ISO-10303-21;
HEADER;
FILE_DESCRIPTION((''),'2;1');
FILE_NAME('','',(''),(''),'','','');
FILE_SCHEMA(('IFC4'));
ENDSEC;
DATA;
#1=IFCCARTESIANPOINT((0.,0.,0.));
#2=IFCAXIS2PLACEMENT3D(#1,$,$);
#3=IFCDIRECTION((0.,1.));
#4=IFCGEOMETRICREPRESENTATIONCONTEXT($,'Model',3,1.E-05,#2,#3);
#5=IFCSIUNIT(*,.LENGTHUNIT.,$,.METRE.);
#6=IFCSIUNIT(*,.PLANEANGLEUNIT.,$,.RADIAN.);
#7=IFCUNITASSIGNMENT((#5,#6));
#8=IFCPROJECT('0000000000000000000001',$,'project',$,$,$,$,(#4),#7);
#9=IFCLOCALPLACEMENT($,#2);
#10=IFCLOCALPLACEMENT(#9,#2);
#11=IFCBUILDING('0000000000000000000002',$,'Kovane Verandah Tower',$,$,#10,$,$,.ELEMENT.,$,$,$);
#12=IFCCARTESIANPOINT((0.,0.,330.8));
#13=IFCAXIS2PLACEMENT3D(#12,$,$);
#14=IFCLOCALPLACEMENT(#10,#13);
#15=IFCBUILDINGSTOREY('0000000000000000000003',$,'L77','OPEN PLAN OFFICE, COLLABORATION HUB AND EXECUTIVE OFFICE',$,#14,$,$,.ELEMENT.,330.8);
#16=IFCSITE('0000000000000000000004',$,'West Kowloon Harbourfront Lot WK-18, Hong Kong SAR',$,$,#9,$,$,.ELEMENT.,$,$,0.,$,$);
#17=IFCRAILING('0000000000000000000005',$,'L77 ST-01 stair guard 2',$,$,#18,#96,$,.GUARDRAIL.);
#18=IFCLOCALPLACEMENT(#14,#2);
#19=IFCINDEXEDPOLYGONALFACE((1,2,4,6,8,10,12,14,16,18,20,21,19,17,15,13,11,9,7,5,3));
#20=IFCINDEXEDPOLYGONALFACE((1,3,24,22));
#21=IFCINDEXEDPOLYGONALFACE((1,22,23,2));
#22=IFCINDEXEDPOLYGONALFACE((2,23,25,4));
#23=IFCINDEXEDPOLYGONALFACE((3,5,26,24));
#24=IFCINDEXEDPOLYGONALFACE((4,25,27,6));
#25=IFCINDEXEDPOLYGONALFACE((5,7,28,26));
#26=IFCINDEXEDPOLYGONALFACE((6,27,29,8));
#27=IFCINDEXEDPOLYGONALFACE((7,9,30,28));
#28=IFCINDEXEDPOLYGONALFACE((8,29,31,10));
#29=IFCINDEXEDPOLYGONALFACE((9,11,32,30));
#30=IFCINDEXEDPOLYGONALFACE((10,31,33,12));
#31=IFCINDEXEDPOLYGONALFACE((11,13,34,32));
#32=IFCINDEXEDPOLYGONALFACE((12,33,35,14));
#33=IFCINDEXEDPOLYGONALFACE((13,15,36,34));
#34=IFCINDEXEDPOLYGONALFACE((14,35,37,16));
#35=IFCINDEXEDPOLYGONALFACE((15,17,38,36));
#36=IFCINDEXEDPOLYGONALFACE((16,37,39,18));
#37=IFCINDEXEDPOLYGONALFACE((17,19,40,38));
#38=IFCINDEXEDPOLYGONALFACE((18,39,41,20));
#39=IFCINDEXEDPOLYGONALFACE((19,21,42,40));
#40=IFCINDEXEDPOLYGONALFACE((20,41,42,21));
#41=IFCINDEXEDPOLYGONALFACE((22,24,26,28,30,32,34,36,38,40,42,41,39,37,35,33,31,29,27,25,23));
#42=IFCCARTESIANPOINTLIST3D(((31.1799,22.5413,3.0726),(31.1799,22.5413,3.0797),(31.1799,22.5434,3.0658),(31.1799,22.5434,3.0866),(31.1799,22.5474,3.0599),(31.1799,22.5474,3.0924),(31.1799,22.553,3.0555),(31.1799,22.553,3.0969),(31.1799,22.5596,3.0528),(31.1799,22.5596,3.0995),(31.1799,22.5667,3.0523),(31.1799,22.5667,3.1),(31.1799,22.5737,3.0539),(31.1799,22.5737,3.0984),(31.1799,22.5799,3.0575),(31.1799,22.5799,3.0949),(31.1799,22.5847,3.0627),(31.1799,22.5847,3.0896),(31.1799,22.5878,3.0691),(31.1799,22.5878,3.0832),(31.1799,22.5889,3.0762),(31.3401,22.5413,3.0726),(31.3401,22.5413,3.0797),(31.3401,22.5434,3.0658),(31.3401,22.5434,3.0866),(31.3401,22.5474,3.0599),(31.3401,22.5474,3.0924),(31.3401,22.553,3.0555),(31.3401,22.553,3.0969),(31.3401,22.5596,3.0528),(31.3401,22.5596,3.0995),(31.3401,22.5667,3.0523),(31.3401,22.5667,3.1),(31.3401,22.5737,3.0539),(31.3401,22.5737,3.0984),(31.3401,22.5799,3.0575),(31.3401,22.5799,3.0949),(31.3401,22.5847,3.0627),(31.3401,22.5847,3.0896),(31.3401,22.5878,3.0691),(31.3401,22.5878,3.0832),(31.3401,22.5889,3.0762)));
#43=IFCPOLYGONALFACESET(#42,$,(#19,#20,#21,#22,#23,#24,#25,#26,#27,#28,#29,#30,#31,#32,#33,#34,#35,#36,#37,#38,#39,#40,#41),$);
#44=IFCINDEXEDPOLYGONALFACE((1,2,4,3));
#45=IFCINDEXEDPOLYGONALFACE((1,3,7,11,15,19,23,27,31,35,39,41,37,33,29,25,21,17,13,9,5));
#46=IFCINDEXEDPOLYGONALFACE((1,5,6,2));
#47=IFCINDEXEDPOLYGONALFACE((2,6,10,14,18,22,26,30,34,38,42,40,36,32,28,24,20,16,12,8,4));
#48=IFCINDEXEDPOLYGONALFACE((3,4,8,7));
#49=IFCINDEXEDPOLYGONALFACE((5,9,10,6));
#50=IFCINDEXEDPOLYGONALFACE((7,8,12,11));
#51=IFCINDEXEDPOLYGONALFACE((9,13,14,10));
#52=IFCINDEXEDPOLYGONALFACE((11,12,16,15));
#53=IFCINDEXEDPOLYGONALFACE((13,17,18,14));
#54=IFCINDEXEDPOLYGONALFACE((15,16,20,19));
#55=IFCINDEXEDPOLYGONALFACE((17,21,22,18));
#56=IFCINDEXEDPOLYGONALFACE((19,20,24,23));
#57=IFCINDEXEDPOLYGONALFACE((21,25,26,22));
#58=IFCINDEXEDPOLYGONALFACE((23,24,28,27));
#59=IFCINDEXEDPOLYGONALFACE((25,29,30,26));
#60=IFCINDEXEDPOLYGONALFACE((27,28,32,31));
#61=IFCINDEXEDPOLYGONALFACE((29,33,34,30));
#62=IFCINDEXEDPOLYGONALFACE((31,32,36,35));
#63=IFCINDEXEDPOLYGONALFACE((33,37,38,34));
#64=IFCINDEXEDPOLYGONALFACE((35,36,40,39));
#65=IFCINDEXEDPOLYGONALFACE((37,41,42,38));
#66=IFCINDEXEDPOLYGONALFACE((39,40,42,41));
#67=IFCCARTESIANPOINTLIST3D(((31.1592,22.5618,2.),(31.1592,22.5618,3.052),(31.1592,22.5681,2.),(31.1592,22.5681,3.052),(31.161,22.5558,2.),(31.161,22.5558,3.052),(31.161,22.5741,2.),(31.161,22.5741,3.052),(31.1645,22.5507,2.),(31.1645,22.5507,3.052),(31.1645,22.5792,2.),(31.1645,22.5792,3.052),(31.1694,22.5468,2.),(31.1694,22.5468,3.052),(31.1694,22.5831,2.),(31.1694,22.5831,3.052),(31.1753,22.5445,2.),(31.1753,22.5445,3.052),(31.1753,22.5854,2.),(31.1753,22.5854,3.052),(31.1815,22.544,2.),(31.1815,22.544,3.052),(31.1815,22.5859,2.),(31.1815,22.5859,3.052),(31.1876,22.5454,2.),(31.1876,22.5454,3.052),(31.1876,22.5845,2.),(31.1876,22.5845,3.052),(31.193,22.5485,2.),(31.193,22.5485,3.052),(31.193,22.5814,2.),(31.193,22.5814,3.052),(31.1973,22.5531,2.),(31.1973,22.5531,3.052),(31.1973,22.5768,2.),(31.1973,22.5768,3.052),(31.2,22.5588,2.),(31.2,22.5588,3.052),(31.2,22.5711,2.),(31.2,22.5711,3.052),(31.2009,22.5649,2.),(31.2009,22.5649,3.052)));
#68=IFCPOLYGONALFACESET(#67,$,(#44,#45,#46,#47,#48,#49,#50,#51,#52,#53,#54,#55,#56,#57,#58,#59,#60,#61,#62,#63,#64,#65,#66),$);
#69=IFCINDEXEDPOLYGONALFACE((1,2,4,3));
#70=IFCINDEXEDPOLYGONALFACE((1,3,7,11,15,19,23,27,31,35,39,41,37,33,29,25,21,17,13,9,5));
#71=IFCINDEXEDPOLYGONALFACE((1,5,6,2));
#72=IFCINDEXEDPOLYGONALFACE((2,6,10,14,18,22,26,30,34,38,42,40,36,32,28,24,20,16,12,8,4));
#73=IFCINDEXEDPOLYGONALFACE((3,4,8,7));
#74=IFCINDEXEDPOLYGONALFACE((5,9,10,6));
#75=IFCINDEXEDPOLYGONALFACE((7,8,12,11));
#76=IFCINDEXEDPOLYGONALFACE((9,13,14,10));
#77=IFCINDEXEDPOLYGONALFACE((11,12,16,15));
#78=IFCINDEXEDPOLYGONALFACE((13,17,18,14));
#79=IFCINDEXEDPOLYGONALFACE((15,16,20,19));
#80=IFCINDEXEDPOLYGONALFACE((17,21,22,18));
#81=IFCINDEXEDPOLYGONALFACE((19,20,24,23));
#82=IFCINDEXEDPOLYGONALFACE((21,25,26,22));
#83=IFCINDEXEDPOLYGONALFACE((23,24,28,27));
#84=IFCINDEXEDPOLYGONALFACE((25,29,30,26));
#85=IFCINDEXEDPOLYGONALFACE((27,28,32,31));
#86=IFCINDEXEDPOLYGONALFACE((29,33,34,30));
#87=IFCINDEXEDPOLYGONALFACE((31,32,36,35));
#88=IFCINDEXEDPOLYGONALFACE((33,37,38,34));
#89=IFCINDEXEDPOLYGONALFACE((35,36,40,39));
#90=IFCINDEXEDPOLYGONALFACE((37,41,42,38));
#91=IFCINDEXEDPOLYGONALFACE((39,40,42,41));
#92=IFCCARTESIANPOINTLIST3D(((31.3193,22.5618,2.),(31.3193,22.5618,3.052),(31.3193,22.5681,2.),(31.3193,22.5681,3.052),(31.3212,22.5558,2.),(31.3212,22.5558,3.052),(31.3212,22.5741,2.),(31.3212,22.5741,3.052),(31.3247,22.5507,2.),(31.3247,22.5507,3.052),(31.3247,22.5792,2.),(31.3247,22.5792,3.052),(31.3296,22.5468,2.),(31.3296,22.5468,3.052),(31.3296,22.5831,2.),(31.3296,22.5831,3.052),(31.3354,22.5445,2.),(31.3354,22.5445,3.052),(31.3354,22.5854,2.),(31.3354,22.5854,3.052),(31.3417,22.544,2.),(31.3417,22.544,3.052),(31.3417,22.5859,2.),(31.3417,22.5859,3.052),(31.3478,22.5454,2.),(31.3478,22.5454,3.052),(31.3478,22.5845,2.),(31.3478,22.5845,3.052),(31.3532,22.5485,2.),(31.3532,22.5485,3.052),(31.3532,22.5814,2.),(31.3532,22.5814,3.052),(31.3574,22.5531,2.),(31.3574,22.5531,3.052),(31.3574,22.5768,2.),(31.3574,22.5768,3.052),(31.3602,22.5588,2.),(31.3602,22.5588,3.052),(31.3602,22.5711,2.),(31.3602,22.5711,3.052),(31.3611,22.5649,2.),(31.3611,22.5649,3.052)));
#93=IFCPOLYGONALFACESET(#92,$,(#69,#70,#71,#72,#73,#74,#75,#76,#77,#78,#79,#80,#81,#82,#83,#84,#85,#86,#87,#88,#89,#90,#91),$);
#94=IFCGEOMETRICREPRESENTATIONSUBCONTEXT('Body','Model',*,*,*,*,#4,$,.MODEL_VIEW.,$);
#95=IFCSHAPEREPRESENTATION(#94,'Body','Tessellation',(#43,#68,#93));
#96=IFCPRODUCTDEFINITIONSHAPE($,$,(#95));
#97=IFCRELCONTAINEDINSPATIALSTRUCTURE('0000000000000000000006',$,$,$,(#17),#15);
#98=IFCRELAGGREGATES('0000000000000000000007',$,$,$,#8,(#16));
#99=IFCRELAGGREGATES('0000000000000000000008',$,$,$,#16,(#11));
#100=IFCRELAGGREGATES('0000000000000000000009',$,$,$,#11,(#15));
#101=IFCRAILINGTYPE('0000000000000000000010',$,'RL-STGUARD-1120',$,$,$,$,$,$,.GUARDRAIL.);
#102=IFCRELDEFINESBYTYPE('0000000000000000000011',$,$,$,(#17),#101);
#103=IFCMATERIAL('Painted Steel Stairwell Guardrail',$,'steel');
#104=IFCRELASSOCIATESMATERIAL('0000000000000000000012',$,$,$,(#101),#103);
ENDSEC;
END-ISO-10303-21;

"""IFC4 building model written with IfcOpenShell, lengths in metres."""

from ifc_helpers import new_model, si_unit, direction, frame, origin, origin_2d, place, context, subcontext, project, spatial, circle, extrude, material, type_object, element, save


model = new_model("IFC4")

# Units and contexts
model_context = context("Model", 3, precision=1e-05, world=origin(), true_north=direction((0.0, 1.0)))
body_context = subcontext(model_context, "Body", "Model", "MODEL_VIEW")
ifc_project = project(units=[si_unit("LENGTHUNIT", "METRE"), si_unit("PLANEANGLEUNIT", "RADIAN")], contexts=[model_context])

# Site, building, storey
site_placement = place(None, origin())
site = spatial("IfcSite", under=ifc_project, at=site_placement, Name="West Kowloon Harbourfront Lot WK-18, Hong Kong SAR", CompositionType="ELEMENT", RefElevation=0.0)
building_placement = place(site_placement, origin())
building = spatial("IfcBuilding", under=site, at=building_placement, Name="Kovane Verandah Tower", CompositionType="ELEMENT")
storey_placement = place(building_placement, frame((0.0, 0.0, 330.8)))
storey = spatial("IfcBuildingStorey", under=building, at=storey_placement, Name="L77", Description="OPEN PLAN OFFICE, COLLABORATION HUB AND EXECUTIVE OFFICE", CompositionType="ELEMENT", Elevation=330.8)

# Railing
ifc_material_1 = material(Name="Painted Steel Stairwell Guardrail", Category="steel")
railing_type_1 = type_object("IfcRailingType", Name="RL-STGUARD-1120", PredefinedType="GUARDRAIL", material=ifc_material_1)
railing_1_placement = place(storey_placement, frame((31.1799, 22.5649, 2.0)))
element("IfcRailing", 1, at=railing_1_placement, inside=storey, type_object=railing_type_1, Name="L77 ST-01 stair guard 2", PredefinedType="GUARDRAIL", context=body_context, shape_type="SweptSolid", body=[
    extrude(circle(Radius=0.0239, at=origin_2d()), frame((0.0, 0.0, 1.0762), z_axis=(1.0, 0.0, 0.0), x_axis=(0.0, 1.0, 0.0)), (0.0, 0.0, 1.0), 0.1602),
    extrude(circle(Radius=0.021, at=origin_2d()), origin(), (0.0, 0.0, 1.0), 1.052),
    extrude(circle(Radius=0.021, at=origin_2d()), frame((0.1602, 0.0, 0.0)), (0.0, 0.0, 1.0), 1.052),
])

save(model, "model.ifc")
